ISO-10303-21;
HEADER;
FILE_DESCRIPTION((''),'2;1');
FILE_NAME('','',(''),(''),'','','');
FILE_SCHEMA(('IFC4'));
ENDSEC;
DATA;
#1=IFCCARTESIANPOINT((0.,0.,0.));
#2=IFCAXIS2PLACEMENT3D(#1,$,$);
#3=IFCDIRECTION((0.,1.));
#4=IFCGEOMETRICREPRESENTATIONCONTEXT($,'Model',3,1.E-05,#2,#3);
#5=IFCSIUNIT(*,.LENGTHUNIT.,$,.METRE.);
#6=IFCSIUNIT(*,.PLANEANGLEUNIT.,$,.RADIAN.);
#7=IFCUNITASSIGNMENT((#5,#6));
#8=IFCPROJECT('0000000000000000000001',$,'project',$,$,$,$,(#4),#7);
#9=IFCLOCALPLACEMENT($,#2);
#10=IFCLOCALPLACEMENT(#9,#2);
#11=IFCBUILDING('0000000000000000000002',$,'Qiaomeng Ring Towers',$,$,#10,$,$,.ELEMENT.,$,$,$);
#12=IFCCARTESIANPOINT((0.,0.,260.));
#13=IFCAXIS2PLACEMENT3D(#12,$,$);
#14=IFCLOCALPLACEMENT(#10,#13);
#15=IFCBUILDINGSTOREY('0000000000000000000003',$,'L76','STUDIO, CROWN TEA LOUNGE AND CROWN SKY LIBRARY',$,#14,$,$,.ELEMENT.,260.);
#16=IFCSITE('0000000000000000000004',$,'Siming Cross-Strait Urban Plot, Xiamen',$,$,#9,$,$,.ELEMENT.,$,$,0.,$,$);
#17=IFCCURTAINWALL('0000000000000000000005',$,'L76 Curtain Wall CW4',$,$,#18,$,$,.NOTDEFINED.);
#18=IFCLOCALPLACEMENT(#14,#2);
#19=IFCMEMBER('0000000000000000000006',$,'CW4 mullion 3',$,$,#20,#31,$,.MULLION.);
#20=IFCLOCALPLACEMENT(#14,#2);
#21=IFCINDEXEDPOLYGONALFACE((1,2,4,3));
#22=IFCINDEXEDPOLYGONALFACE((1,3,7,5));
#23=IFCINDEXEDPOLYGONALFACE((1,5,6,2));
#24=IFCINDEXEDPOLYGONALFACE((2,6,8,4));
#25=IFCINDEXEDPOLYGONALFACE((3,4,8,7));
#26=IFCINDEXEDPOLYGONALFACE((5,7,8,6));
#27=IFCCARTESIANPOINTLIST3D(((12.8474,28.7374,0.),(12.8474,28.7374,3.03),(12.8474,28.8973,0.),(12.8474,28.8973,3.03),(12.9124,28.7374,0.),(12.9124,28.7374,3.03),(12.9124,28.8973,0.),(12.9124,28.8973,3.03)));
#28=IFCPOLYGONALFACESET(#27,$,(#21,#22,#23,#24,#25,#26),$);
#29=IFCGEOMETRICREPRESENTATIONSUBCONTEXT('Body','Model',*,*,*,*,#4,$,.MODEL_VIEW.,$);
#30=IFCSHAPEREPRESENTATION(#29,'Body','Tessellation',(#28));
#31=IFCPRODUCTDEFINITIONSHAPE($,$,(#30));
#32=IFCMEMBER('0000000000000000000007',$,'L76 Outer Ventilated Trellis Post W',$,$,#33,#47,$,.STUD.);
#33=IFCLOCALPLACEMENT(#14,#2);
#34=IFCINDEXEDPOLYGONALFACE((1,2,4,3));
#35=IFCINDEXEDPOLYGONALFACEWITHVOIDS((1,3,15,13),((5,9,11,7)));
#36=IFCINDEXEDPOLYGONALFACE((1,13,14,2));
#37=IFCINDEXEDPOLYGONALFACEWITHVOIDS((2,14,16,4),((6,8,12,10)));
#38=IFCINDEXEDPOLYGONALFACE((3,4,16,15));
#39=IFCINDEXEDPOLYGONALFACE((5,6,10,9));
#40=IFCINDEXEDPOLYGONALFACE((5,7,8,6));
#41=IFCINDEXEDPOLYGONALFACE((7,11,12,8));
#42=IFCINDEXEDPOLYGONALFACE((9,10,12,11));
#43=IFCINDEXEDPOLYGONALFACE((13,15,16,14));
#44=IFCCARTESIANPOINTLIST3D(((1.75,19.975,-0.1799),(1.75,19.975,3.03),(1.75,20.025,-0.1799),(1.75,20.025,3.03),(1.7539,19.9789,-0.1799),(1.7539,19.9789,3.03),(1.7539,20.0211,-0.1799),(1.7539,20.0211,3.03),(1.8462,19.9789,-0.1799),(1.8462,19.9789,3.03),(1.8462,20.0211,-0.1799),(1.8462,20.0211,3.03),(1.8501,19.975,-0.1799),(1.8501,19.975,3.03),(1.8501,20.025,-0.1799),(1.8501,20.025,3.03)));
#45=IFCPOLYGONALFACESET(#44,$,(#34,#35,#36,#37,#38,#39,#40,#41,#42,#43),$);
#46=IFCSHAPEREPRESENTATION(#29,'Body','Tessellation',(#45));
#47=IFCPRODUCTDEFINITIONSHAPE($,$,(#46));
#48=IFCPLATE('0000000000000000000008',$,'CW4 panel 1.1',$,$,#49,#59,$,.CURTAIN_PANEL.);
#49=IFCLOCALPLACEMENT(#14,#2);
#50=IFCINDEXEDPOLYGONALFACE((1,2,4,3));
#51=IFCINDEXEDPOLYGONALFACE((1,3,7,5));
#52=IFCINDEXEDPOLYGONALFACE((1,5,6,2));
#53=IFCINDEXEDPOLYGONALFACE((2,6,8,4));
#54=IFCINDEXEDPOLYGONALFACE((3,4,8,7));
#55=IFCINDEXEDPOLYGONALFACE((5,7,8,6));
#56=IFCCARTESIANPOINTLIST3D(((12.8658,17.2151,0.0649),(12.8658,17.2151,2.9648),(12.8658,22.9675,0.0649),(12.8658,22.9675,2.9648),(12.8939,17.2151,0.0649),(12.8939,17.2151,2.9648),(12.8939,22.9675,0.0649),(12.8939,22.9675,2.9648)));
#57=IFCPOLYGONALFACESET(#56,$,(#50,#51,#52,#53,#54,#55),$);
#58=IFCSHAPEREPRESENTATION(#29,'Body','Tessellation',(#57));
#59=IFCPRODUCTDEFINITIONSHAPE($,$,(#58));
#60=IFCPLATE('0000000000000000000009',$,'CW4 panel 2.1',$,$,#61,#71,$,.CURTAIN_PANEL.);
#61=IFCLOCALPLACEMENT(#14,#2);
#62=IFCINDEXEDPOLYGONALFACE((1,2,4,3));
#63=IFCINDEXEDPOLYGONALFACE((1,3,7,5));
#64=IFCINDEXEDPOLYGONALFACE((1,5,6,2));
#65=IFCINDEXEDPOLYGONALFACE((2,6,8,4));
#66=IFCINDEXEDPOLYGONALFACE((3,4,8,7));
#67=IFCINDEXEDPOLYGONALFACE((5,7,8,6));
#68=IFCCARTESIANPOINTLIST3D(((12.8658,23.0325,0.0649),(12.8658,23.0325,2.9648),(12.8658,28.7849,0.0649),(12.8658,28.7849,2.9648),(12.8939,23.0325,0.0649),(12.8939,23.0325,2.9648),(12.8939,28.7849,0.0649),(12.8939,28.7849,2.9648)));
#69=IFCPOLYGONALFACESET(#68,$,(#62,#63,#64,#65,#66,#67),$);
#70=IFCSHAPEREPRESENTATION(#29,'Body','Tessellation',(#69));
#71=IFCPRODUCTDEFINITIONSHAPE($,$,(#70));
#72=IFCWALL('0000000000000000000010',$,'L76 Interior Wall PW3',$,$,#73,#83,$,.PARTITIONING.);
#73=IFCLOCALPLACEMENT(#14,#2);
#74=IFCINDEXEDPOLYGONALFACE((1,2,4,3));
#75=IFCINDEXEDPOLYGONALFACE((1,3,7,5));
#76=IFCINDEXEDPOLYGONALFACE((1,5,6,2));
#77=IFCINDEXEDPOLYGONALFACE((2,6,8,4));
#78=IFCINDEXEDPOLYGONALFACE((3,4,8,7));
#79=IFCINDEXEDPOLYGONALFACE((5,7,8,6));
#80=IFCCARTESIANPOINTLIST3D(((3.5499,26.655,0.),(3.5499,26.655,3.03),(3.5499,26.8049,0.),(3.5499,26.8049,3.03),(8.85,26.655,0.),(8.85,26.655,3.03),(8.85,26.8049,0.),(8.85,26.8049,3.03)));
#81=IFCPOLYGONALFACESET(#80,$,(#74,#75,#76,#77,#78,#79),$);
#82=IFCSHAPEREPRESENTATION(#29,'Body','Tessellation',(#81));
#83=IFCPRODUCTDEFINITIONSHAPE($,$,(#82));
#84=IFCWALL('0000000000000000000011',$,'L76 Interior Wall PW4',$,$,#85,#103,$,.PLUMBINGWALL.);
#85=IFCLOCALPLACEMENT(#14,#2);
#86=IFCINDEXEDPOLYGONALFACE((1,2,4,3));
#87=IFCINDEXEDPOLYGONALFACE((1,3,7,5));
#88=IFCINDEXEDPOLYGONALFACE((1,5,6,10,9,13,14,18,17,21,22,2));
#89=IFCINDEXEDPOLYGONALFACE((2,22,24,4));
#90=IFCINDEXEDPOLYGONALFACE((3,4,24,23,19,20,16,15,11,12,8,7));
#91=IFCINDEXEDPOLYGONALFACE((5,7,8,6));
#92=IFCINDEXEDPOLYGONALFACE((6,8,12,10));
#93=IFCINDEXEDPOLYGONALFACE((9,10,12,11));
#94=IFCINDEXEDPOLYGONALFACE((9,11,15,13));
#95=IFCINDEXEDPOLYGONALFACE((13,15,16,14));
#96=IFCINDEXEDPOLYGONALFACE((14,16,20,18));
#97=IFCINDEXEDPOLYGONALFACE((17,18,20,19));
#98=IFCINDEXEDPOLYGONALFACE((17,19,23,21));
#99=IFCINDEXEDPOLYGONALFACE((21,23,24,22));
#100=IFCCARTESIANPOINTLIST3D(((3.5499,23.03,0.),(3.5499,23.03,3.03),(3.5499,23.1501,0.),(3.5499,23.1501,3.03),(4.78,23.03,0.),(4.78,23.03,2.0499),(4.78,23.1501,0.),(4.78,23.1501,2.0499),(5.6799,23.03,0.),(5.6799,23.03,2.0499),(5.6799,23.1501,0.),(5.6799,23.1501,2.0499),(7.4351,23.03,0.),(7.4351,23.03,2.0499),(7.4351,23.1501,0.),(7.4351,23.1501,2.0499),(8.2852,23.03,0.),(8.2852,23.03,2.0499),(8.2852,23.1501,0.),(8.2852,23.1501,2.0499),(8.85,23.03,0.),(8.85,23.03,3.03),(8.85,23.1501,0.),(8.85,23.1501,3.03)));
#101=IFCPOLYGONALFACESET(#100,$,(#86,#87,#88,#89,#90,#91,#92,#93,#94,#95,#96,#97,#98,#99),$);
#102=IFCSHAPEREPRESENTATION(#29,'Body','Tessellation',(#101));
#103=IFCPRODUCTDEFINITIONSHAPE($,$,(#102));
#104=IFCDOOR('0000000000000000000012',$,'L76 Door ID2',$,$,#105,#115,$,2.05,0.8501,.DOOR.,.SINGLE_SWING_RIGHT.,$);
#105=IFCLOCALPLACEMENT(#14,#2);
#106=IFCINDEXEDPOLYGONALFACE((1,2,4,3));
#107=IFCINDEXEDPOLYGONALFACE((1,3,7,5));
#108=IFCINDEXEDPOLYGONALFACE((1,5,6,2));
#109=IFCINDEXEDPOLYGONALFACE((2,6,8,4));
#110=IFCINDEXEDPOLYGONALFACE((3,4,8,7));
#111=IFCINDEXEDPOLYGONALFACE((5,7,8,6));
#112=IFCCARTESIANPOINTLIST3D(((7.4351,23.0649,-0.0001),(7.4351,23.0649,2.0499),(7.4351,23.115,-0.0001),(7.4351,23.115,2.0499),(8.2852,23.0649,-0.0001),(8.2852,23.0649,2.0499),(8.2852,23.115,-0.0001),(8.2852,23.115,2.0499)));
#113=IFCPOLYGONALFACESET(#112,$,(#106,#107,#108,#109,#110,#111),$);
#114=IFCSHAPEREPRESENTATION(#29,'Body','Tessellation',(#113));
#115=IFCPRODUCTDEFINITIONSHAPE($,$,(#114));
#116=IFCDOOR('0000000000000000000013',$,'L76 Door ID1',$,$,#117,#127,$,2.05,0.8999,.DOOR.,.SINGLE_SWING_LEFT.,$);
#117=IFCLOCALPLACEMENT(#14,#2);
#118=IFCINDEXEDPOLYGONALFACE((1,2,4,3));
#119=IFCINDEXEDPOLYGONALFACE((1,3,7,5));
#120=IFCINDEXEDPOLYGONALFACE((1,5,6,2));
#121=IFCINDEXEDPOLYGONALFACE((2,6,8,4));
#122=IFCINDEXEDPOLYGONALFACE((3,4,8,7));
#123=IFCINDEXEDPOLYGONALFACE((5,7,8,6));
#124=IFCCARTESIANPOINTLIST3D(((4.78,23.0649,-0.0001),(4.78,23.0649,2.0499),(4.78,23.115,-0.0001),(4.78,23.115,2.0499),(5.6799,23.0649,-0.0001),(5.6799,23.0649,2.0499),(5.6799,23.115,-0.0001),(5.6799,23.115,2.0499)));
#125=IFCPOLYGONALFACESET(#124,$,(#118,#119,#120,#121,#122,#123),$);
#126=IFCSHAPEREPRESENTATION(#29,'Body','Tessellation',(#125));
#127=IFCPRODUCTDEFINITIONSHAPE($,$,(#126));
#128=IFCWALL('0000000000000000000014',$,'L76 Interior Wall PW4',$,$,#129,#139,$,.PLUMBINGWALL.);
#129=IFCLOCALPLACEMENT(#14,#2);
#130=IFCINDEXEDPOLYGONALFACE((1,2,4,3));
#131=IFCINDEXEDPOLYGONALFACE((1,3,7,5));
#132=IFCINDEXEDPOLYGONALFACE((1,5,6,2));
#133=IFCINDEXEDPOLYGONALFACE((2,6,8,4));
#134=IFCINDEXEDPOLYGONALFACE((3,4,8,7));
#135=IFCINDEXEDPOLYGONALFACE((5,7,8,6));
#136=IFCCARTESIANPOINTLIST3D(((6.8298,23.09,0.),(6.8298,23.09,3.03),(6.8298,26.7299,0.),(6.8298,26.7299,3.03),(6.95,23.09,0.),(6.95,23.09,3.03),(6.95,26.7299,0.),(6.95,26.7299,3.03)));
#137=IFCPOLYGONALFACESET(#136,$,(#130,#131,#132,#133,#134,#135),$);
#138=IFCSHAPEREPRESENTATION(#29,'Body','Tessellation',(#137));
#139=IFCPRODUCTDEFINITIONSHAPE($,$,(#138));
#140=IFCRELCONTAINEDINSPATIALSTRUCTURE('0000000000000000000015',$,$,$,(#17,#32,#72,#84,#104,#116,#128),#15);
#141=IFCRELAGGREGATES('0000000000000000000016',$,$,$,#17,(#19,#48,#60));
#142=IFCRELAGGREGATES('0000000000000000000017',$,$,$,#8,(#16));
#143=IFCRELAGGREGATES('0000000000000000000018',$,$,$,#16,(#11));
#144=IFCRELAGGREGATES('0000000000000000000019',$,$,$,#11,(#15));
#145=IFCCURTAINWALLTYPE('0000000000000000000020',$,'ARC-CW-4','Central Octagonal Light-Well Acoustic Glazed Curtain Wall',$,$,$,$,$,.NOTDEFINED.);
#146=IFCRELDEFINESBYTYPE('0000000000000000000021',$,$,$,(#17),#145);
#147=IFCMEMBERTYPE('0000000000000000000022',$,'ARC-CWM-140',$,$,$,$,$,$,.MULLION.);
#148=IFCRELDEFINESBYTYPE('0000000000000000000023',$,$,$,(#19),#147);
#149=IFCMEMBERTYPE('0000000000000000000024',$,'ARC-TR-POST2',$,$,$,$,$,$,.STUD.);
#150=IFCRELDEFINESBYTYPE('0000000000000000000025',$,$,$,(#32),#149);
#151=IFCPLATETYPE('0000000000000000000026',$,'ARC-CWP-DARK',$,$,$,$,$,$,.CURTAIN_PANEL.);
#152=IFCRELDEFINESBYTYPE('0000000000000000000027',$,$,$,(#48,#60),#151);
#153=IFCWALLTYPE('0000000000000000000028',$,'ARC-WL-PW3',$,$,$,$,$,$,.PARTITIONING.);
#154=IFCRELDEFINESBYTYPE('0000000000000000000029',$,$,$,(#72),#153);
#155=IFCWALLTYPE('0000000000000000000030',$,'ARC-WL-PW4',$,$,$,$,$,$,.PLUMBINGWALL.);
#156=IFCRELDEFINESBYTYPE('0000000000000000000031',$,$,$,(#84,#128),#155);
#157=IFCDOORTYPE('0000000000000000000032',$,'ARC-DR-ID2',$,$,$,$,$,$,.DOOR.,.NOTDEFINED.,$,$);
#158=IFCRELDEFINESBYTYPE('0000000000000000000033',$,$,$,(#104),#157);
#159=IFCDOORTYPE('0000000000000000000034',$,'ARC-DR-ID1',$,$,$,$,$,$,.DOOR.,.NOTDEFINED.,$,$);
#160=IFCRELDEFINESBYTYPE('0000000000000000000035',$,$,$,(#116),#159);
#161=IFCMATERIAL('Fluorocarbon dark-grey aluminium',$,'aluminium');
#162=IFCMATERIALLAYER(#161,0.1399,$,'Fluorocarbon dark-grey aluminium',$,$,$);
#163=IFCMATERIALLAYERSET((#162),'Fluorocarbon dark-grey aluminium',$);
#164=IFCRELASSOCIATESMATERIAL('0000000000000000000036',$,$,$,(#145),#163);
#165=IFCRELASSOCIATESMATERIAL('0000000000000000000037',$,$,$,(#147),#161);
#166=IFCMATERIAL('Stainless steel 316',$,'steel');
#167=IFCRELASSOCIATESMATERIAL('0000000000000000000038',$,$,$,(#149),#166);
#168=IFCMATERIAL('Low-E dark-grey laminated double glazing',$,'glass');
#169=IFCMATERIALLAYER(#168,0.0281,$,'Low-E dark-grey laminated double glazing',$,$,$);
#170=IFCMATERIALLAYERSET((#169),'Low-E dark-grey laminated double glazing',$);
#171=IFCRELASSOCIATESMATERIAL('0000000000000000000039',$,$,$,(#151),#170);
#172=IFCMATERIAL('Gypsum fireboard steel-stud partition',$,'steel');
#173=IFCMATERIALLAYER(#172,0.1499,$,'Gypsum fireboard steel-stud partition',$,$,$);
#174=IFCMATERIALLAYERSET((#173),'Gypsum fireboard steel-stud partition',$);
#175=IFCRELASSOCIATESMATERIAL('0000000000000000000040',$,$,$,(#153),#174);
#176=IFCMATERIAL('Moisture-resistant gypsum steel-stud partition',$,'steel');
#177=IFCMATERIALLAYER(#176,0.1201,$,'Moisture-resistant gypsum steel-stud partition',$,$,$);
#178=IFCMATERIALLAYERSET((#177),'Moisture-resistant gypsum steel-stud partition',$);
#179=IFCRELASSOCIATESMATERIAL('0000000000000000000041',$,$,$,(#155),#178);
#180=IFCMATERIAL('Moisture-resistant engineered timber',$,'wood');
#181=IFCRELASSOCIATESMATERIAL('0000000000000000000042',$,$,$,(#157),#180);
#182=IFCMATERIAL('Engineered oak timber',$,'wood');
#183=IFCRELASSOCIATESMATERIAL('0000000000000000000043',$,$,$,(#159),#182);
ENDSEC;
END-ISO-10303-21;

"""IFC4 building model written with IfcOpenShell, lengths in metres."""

from ifc_helpers import new_model, si_unit, direction, frame, frame_2d, origin, origin_2d, place, context, subcontext, project, spatial, rectangle, hollow_rectangle, extrude, source, transform, mapped, material, layer, layer_set, material_profile, profile_set, type_object, element, fill, aggregate, save


model = new_model("IFC4")

# Units and contexts
model_context = context("Model", 3, precision=1e-05, world=origin(), true_north=direction((0.0, 1.0)))
body_context = subcontext(model_context, "Body", "Model", "MODEL_VIEW")
ifc_project = project(units=[si_unit("LENGTHUNIT", "METRE"), si_unit("PLANEANGLEUNIT", "RADIAN")], contexts=[model_context])

# Site, building, storey
site_placement = place(None, origin())
site = spatial("IfcSite", under=ifc_project, at=site_placement, Name="Siming Cross-Strait Urban Plot, Xiamen", CompositionType="ELEMENT", RefElevation=0.0)
building_placement = place(site_placement, origin())
building = spatial("IfcBuilding", under=site, at=building_placement, Name="Qiaomeng Ring Towers", CompositionType="ELEMENT")
storey_placement = place(building_placement, frame((0.0, 0.0, 260.0)))
storey = spatial("IfcBuildingStorey", under=building, at=storey_placement, Name="L76", Description="STUDIO, CROWN TEA LOUNGE AND CROWN SKY LIBRARY", CompositionType="ELEMENT", Elevation=260.0)

# Curtain wall, member
ifc_material_1 = material(Name="Fluorocarbon dark-grey aluminium", Category="aluminium")
ifc_layer_1 = layer(ifc_material_1, 0.1399, Name="Fluorocarbon dark-grey aluminium")
ifc_layer_set_1 = layer_set([ifc_layer_1], Name="Fluorocarbon dark-grey aluminium")
curtain_wall_type = type_object("IfcCurtainWallType", Name="ARC-CW-4", Description="Central Octagonal Light-Well Acoustic Glazed Curtain Wall", PredefinedType="NOTDEFINED", material=ifc_layer_set_1)
curtain_wall_placement = place(storey_placement, origin())
curtain_wall = element("IfcCurtainWall", 1, at=curtain_wall_placement, inside=storey, type_object=curtain_wall_type, Name="L76 Curtain Wall CW4", PredefinedType="NOTDEFINED")
ifc_material_profile_1 = material_profile(ifc_material_1, rectangle(XDim=0.0649, YDim=0.1599, at=origin_2d()), Name="ALU MULL 65x160")
ifc_profile_set_1 = profile_set([ifc_material_profile_1], Name="Fluorocarbon dark-grey aluminium")
member_type_1 = type_object("IfcMemberType", Name="ARC-CWM-140", PredefinedType="MULLION", material=ifc_profile_set_1)
shared_shape_1 = source(origin(), body_context, "Body", "SweptSolid", [
    extrude(rectangle(XDim=0.0649, YDim=0.1599, at=origin_2d()), origin(), (0.0, 0.0, 1.0), 3.03),
])
member_1_placement = place(storey_placement, frame((12.8799, 28.8174, 0.0), z_axis=(0.0, 0.0, 1.0), x_axis=(-1.0, 0.0, 0.0)))
member_1 = element("IfcMember", 2, at=member_1_placement, type_object=member_type_1, Name="CW4 mullion 3", PredefinedType="MULLION", context=body_context, shape_type="MappedRepresentation", body=[
    mapped(shared_shape_1, transform((0.0, 0.0, 0.0), x_axis=(1.0, 0.0, 0.0), y_axis=(0.0, 1.0, 0.0), z_axis=(0.0, 0.0, 1.0), scale=1.0)),
])

# Member
ifc_material_2 = material(Name="Stainless steel 316", Category="steel")
ifc_material_profile_2 = material_profile(ifc_material_2, hollow_rectangle(XDim=0.05, YDim=0.1001, WallThickness=0.0039, at=origin_2d()), Name="SS TRELLIS 100x50")
ifc_profile_set_2 = profile_set([ifc_material_profile_2], Name="Stainless steel 316")
member_type_2 = type_object("IfcMemberType", Name="ARC-TR-POST2", PredefinedType="STUD", material=ifc_profile_set_2)
shared_shape_2 = source(origin(), body_context, "Body", "SweptSolid", [
    extrude(hollow_rectangle(XDim=0.05, YDim=0.1001, WallThickness=0.0039, at=origin_2d()), origin(), (0.0, 0.0, 1.0), 3.21),
])
member_2_placement = place(storey_placement, frame((1.8, 20.0, -0.1799), z_axis=(0.0, 0.0, 1.0), x_axis=(0.0, 1.0, 0.0)))
element("IfcMember", 3, at=member_2_placement, inside=storey, type_object=member_type_2, Name="L76 Outer Ventilated Trellis Post W", PredefinedType="STUD", context=body_context, shape_type="MappedRepresentation", body=[
    mapped(shared_shape_2, transform((0.0, 0.0, 0.0), x_axis=(1.0, 0.0, 0.0), y_axis=(0.0, 1.0, 0.0), z_axis=(0.0, 0.0, 1.0), scale=1.0)),
])

# Plates
ifc_material_3 = material(Name="Low-E dark-grey laminated double glazing", Category="glass")
ifc_layer_2 = layer(ifc_material_3, 0.0281, Name="Low-E dark-grey laminated double glazing")
ifc_layer_set_2 = layer_set([ifc_layer_2], Name="Low-E dark-grey laminated double glazing")
plate_type = type_object("IfcPlateType", Name="ARC-CWP-DARK", PredefinedType="CURTAIN_PANEL", material=ifc_layer_set_2)
shared_shape_3 = source(origin(), body_context, "Body", "SweptSolid", [
    extrude(rectangle(XDim=5.7524, YDim=0.0281, at=origin_2d()), origin(), (0.0, 0.0, 1.0), 2.8999),
])
plate_1_placement = place(storey_placement, frame((12.8799, 20.0913, 0.0649), z_axis=(0.0, 0.0, 1.0), x_axis=(0.0, 1.0, 0.0)))
plate_1 = element("IfcPlate", 4, at=plate_1_placement, type_object=plate_type, Name="CW4 panel 1.1", PredefinedType="CURTAIN_PANEL", context=body_context, shape_type="MappedRepresentation", body=[
    mapped(shared_shape_3, transform((0.0, 0.0, 0.0), x_axis=(1.0, 0.0, 0.0), y_axis=(0.0, 1.0, 0.0), z_axis=(0.0, 0.0, 1.0), scale=1.0)),
])
plate_2_placement = place(storey_placement, frame((12.8799, 25.9087, 0.0649), z_axis=(0.0, 0.0, 1.0), x_axis=(0.0, 1.0, 0.0)))
plate_2 = element("IfcPlate", 5, at=plate_2_placement, type_object=plate_type, Name="CW4 panel 2.1", PredefinedType="CURTAIN_PANEL", context=body_context, shape_type="MappedRepresentation", body=[
    mapped(shared_shape_3, transform((0.0, 0.0, 0.0), x_axis=(1.0, 0.0, 0.0), y_axis=(0.0, 1.0, 0.0), z_axis=(0.0, 0.0, 1.0), scale=1.0)),
])
aggregate(curtain_wall, [member_1, plate_1, plate_2])

# Wall
ifc_material_4 = material(Name="Gypsum fireboard steel-stud partition", Category="steel")
ifc_layer_3 = layer(ifc_material_4, 0.1499, Name="Gypsum fireboard steel-stud partition")
ifc_layer_set_3 = layer_set([ifc_layer_3], Name="Gypsum fireboard steel-stud partition")
wall_type_1 = type_object("IfcWallType", Name="ARC-WL-PW3", PredefinedType="PARTITIONING", material=ifc_layer_set_3)
wall_1_placement = place(storey_placement, frame((3.55, 26.73, 0.0), z_axis=(0.0, 0.0, 1.0), x_axis=(1.0, 0.0, 0.0)))
element("IfcWall", 6, at=wall_1_placement, inside=storey, type_object=wall_type_1, Name="L76 Interior Wall PW3", PredefinedType="PARTITIONING", context=body_context, shape_type="SweptSolid", body=[
    extrude(rectangle(XDim=5.3, YDim=0.1499, at=frame_2d((2.6499, 0.0))), origin(), (0.0, 0.0, 1.0), 3.03),
])

# Wall, openings, doors
ifc_material_5 = material(Name="Moisture-resistant gypsum steel-stud partition", Category="steel")
ifc_layer_4 = layer(ifc_material_5, 0.1201, Name="Moisture-resistant gypsum steel-stud partition")
ifc_layer_set_4 = layer_set([ifc_layer_4], Name="Moisture-resistant gypsum steel-stud partition")
wall_type_2 = type_object("IfcWallType", Name="ARC-WL-PW4", PredefinedType="PLUMBINGWALL", material=ifc_layer_set_4)
wall_2_placement = place(storey_placement, frame((3.55, 23.0901, 0.0), z_axis=(0.0, 0.0, 1.0), x_axis=(1.0, 0.0, 0.0)))
wall_2 = element("IfcWall", 7, at=wall_2_placement, inside=storey, type_object=wall_type_2, Name="L76 Interior Wall PW4", PredefinedType="PLUMBINGWALL", context=body_context, shape_type="SweptSolid", body=[
    extrude(rectangle(XDim=5.3, YDim=0.1201, at=frame_2d((2.6499, 0.0))), origin(), (0.0, 0.0, 1.0), 3.03),
])
opening_1_placement = place(wall_2_placement, frame((1.23, 0.0, 0.0)))
opening_1 = element("IfcOpeningElement", 8, at=opening_1_placement, cuts=wall_2, PredefinedType="OPENING", context=body_context, shape_type="SweptSolid", body=[
    extrude(rectangle(XDim=0.8999, YDim=2.05, at=frame_2d((0.45, 1.0249))), frame((0.0, 0.0701, 0.0), z_axis=(0.0, -1.0, 0.0), x_axis=(1.0, 0.0, 0.0)), (0.0, 0.0, 1.0), 0.1401),
])
opening_2_placement = place(wall_2_placement, frame((3.885, 0.0, 0.0)))
opening_2 = element("IfcOpeningElement", 9, at=opening_2_placement, cuts=wall_2, PredefinedType="OPENING", context=body_context, shape_type="SweptSolid", body=[
    extrude(rectangle(XDim=0.8501, YDim=2.05, at=frame_2d((0.425, 1.0249))), frame((0.0, 0.0701, 0.0), z_axis=(0.0, -1.0, 0.0), x_axis=(1.0, 0.0, 0.0)), (0.0, 0.0, 1.0), 0.1401),
])
ifc_material_6 = material(Name="Moisture-resistant engineered timber", Category="wood")
door_type_1 = type_object("IfcDoorType", Name="ARC-DR-ID2", OperationType="NOTDEFINED", PredefinedType="DOOR", material=ifc_material_6)
shared_shape_4 = source(origin(), body_context, "Body", "SweptSolid", [
    extrude(rectangle(XDim=0.8501, YDim=2.05, at=frame_2d((0.425, 1.0249))), frame((0.0, 0.0249, 0.0), z_axis=(0.0, -1.0, 0.0), x_axis=(1.0, 0.0, 0.0)), (0.0, 0.0, 1.0), 0.05),
])
door_1_placement = place(opening_2_placement, origin())
door_1 = element("IfcDoor", 10, at=door_1_placement, inside=storey, type_object=door_type_1, Name="L76 Door ID2", OperationType="SINGLE_SWING_RIGHT", OverallHeight=2.05, OverallWidth=0.8501, PredefinedType="DOOR", context=body_context, shape_type="MappedRepresentation", body=[
    mapped(shared_shape_4, transform((0.0, 0.0, 0.0), x_axis=(1.0, 0.0, 0.0), y_axis=(0.0, 1.0, 0.0), z_axis=(0.0, 0.0, 1.0), scale=1.0)),
])
fill(opening_2, door_1)
ifc_material_7 = material(Name="Engineered oak timber", Category="wood")
door_type_2 = type_object("IfcDoorType", Name="ARC-DR-ID1", OperationType="NOTDEFINED", PredefinedType="DOOR", material=ifc_material_7)
shared_shape_5 = source(origin(), body_context, "Body", "SweptSolid", [
    extrude(rectangle(XDim=0.8999, YDim=2.05, at=frame_2d((0.45, 1.0249))), frame((0.0, 0.0249, 0.0), z_axis=(0.0, -1.0, 0.0), x_axis=(1.0, 0.0, 0.0)), (0.0, 0.0, 1.0), 0.05),
])
door_2_placement = place(opening_1_placement, origin())
door_2 = element("IfcDoor", 11, at=door_2_placement, inside=storey, type_object=door_type_2, Name="L76 Door ID1", OperationType="SINGLE_SWING_LEFT", OverallHeight=2.05, OverallWidth=0.8999, PredefinedType="DOOR", context=body_context, shape_type="MappedRepresentation", body=[
    mapped(shared_shape_5, transform((0.0, 0.0, 0.0), x_axis=(1.0, 0.0, 0.0), y_axis=(0.0, 1.0, 0.0), z_axis=(0.0, 0.0, 1.0), scale=1.0)),
])
fill(opening_1, door_2)

# Wall
wall_3_placement = place(storey_placement, frame((6.8899, 23.0901, 0.0), z_axis=(0.0, 0.0, 1.0), x_axis=(0.0, 1.0, 0.0)))
element("IfcWall", 12, at=wall_3_placement, inside=storey, type_object=wall_type_2, Name="L76 Interior Wall PW4", PredefinedType="PLUMBINGWALL", context=body_context, shape_type="SweptSolid", body=[
    extrude(rectangle(XDim=3.6399, YDim=0.1201, at=frame_2d((1.8198, 0.0))), origin(), (0.0, 0.0, 1.0), 3.03),
])

save(model, "model.ifc")
